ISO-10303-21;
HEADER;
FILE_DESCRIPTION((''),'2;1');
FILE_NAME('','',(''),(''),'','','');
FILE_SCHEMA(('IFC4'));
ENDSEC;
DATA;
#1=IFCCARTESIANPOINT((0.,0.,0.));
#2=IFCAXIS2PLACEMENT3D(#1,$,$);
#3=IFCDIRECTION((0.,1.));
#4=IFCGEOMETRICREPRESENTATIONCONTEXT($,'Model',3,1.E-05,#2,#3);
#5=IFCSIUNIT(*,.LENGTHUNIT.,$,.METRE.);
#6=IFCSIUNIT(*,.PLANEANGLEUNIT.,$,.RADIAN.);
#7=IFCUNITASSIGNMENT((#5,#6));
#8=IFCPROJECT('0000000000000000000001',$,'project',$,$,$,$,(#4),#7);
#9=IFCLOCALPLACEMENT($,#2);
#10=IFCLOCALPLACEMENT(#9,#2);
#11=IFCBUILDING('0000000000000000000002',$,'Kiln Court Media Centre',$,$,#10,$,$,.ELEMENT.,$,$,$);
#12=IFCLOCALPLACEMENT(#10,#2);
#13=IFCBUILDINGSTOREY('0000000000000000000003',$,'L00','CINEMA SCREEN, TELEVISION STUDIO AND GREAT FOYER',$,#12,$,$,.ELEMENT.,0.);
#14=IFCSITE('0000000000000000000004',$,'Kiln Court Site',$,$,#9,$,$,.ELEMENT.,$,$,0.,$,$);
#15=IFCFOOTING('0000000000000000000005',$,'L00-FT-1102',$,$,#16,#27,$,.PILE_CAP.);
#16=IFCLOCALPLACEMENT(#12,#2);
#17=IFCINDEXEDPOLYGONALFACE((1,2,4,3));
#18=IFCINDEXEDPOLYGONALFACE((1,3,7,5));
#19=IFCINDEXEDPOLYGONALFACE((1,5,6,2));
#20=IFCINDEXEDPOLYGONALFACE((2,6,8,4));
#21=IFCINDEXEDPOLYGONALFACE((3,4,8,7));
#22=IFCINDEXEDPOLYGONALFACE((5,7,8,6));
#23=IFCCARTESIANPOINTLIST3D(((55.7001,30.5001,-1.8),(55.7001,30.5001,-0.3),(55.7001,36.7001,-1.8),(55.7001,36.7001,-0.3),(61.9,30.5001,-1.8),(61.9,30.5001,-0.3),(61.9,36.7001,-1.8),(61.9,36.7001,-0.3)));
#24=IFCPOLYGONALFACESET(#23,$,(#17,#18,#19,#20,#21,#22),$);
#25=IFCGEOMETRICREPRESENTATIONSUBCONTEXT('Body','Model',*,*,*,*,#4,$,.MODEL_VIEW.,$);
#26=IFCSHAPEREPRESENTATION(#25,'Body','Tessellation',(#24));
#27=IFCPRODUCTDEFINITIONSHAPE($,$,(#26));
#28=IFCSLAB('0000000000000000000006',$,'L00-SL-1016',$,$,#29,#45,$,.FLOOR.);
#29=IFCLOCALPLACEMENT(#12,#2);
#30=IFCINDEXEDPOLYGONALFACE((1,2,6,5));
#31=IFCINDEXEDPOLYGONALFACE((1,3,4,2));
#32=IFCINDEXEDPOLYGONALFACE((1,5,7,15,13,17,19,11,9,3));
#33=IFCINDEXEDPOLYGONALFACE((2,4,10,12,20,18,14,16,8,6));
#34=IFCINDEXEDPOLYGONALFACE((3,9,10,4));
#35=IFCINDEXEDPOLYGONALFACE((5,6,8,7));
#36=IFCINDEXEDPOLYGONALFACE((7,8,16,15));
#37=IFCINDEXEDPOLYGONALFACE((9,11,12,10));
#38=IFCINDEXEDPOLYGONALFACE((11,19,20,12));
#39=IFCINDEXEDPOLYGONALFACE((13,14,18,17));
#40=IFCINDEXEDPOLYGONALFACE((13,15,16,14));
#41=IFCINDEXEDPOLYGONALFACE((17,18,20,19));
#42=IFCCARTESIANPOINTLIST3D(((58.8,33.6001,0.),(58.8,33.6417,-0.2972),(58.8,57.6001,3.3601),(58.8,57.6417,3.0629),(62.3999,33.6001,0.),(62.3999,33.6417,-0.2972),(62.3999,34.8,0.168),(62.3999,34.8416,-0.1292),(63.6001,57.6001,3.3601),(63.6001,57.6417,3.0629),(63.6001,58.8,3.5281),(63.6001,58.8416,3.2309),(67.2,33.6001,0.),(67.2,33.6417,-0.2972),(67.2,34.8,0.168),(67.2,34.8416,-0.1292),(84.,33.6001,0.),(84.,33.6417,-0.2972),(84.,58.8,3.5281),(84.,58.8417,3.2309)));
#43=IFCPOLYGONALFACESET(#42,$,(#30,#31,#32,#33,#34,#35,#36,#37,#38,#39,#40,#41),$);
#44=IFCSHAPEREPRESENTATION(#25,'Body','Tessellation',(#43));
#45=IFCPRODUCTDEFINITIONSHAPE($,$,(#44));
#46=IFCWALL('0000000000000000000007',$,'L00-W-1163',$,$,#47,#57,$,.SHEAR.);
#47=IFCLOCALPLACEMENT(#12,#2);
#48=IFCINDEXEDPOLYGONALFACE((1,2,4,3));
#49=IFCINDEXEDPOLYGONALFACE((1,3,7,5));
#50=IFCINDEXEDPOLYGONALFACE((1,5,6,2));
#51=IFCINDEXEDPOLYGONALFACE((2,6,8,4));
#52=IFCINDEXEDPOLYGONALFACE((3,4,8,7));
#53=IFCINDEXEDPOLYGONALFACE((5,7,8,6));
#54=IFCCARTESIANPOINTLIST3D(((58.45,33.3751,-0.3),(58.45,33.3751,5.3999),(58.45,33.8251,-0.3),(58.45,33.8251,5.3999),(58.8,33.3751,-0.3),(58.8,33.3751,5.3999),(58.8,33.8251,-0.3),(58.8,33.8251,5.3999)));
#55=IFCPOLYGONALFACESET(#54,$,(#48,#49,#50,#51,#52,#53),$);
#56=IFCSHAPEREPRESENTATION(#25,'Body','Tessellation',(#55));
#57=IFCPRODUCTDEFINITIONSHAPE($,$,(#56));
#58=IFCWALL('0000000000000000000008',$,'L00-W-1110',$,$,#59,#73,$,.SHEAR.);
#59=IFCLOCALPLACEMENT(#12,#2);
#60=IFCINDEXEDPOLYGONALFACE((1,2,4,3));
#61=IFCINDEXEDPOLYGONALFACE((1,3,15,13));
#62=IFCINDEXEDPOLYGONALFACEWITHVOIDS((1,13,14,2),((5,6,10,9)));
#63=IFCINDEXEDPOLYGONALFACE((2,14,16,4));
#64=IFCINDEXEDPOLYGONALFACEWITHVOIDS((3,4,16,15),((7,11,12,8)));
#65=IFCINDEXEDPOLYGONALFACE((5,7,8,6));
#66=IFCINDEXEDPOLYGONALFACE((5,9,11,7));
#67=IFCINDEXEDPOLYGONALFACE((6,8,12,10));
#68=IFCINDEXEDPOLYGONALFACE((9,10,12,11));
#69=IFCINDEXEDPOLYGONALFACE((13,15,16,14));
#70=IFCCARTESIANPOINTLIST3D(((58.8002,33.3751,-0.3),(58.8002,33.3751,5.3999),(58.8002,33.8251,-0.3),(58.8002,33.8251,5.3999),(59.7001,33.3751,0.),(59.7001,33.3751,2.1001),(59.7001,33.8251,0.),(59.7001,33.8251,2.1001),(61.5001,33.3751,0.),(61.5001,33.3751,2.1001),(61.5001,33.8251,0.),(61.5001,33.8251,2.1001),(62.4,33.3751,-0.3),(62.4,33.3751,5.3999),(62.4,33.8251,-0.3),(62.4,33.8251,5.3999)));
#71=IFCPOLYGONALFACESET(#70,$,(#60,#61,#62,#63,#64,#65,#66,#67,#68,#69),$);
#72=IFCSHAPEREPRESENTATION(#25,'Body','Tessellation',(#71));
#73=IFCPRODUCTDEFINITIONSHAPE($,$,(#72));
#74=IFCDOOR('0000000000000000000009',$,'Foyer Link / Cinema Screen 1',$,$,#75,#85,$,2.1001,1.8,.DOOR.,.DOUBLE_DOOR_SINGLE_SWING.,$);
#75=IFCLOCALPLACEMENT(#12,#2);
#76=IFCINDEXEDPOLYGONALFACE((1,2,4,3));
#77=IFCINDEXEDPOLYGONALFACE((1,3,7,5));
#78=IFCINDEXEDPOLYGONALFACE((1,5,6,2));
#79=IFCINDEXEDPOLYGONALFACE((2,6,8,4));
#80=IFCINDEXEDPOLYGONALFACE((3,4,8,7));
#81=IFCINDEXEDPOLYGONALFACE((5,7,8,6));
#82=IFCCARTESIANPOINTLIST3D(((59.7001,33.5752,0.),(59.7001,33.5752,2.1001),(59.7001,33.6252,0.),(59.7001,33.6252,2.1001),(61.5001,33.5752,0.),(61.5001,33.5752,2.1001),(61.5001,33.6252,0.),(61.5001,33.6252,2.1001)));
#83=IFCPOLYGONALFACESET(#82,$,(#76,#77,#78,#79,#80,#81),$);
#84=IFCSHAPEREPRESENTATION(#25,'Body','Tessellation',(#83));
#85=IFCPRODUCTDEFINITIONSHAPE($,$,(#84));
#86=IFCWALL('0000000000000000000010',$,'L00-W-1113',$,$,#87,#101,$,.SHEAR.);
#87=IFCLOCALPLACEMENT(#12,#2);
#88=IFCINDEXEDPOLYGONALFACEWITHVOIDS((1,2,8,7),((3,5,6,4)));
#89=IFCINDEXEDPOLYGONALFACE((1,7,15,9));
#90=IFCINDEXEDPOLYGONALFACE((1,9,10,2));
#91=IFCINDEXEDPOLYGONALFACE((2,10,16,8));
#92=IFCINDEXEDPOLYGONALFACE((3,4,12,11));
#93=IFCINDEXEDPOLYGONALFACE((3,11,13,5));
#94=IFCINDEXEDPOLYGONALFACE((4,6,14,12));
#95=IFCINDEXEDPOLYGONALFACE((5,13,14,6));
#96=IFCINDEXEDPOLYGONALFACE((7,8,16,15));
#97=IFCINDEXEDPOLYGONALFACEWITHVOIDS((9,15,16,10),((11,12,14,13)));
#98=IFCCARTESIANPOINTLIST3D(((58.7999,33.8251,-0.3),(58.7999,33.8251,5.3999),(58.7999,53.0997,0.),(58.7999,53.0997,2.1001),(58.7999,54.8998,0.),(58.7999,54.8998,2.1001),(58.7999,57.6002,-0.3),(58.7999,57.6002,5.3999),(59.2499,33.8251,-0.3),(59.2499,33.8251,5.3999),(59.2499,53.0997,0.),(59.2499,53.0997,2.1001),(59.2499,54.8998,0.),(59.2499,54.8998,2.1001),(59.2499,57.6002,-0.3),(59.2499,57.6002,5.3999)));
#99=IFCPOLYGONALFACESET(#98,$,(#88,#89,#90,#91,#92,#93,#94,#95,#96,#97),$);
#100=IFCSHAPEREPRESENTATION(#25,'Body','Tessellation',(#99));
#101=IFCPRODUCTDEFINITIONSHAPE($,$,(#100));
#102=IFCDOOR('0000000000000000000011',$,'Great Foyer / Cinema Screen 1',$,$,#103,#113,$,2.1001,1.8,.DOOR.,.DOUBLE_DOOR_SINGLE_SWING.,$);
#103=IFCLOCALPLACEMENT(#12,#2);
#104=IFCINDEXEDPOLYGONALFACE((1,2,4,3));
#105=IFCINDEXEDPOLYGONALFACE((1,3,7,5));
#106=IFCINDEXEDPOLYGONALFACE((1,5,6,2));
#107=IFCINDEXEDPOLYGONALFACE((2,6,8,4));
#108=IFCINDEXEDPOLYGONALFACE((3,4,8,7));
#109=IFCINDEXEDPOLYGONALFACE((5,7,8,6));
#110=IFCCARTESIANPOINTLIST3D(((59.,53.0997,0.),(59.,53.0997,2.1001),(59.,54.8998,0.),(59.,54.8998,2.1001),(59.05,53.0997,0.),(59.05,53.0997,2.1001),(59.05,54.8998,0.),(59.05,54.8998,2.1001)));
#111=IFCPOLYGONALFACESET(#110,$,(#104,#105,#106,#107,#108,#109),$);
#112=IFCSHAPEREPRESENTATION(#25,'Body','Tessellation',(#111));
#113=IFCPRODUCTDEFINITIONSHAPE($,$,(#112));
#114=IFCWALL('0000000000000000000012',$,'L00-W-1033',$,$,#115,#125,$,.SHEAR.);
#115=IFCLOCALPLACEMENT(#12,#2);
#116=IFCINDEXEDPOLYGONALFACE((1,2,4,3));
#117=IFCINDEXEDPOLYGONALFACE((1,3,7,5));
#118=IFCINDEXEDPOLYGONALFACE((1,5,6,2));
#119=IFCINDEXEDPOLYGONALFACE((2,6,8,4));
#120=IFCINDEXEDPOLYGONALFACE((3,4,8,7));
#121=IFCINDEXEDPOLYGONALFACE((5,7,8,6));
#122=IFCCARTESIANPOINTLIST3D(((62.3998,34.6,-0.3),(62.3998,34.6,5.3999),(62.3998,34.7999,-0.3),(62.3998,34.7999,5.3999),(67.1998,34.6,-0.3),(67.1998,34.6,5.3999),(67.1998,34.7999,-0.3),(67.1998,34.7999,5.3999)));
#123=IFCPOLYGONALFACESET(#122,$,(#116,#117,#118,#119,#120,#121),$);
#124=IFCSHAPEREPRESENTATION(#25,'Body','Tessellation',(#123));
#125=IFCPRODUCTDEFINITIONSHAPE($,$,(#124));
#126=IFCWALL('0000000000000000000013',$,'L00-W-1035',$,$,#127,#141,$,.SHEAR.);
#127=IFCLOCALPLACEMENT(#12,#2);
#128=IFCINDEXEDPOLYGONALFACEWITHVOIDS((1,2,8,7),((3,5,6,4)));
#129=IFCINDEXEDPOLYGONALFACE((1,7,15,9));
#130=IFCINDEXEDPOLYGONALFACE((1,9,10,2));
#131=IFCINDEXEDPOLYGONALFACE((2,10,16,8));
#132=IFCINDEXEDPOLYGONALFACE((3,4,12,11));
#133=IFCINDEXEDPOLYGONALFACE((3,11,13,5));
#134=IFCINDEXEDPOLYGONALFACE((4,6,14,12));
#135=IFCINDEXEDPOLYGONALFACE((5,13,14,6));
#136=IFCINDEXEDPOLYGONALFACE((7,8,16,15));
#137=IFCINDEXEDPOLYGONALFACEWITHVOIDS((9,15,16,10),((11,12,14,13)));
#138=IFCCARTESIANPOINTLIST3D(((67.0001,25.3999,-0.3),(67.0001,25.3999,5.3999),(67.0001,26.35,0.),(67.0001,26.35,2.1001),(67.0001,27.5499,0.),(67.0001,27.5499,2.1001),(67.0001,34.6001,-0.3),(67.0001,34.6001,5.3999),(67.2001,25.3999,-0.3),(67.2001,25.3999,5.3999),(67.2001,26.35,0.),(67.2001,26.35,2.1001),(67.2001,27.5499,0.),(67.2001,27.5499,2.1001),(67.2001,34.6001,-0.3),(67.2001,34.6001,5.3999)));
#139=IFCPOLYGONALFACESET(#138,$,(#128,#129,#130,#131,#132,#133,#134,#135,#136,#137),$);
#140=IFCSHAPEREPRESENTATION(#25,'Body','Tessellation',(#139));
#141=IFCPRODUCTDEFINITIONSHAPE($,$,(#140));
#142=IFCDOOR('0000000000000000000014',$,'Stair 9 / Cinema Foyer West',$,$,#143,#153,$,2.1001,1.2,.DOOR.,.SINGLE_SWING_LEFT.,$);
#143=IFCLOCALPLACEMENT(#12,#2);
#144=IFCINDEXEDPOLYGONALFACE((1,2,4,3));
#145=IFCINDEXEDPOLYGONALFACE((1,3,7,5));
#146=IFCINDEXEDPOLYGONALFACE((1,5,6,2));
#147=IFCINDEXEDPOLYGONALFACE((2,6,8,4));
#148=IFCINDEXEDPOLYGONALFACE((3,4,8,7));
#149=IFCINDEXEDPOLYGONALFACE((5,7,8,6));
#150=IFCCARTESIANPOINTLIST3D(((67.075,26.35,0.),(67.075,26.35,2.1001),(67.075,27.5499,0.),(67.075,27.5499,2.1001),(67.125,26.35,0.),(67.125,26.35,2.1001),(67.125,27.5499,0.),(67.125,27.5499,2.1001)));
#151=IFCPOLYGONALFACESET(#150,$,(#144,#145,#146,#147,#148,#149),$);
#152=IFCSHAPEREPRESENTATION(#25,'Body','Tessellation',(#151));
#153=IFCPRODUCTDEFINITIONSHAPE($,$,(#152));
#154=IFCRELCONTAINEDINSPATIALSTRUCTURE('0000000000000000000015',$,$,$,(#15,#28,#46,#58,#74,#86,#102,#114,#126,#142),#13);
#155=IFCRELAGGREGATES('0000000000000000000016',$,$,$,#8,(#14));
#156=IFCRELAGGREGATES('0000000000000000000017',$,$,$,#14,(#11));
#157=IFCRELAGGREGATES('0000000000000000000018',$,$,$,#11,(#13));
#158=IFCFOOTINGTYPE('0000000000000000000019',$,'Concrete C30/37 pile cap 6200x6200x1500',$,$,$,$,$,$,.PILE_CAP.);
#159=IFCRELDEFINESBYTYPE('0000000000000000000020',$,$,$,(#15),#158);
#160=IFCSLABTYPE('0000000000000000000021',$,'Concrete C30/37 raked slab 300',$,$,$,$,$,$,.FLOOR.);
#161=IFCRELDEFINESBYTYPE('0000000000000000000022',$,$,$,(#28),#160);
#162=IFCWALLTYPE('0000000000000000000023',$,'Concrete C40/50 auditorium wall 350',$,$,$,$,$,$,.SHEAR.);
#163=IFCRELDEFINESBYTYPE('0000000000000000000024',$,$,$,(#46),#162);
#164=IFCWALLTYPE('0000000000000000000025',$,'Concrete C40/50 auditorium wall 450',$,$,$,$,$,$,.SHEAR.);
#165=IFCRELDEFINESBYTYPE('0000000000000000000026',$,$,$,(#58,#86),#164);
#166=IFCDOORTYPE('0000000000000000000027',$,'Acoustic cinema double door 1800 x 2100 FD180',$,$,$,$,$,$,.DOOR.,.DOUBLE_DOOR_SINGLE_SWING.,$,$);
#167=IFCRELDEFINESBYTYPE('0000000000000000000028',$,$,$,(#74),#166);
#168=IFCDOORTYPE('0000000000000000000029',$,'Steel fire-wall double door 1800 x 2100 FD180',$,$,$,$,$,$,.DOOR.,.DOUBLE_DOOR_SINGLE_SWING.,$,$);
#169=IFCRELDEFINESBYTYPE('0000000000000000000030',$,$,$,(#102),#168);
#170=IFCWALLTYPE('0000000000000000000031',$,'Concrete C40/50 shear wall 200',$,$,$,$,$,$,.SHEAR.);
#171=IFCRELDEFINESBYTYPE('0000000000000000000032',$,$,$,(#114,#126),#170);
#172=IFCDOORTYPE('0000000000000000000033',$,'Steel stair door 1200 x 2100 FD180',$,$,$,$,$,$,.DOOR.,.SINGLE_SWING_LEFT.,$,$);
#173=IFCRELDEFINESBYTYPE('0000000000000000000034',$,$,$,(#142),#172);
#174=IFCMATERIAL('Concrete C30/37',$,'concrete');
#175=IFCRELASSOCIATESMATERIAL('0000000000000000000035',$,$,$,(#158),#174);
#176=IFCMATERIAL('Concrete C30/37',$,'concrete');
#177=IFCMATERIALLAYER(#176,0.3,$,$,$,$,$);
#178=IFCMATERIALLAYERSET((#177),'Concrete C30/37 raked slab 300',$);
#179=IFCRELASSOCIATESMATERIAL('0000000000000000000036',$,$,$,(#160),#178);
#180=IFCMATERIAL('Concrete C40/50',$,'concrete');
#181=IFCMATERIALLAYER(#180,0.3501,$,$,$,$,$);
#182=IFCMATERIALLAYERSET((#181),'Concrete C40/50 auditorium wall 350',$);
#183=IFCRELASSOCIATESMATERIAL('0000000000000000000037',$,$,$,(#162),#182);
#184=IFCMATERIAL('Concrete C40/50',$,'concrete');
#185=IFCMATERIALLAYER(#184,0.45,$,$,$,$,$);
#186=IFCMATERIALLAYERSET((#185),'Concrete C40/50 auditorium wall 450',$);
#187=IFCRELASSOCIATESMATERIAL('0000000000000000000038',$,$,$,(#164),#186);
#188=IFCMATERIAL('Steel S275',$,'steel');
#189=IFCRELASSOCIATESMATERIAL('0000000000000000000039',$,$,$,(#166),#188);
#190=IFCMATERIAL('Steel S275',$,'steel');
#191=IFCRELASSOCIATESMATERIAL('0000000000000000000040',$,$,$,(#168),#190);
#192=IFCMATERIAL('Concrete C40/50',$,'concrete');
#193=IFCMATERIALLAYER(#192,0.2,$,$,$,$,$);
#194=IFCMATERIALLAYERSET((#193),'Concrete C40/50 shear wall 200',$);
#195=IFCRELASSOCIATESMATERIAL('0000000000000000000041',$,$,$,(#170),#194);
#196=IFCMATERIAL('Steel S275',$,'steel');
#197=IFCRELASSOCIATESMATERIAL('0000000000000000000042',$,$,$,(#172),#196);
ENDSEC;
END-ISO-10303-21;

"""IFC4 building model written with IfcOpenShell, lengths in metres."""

from ifc_helpers import new_model, si_unit, direction, frame, frame_2d, origin, origin_2d, place, context, subcontext, project, spatial, polyline, rectangle, outline, extrude, material, layer, layer_set, type_object, element, fill, save


model = new_model("IFC4")

# Units and contexts
model_context = context("Model", 3, precision=1e-05, world=origin(), true_north=direction((0.0, 1.0)))
body_context = subcontext(model_context, "Body", "Model", "MODEL_VIEW")
ifc_project = project(units=[si_unit("LENGTHUNIT", "METRE"), si_unit("PLANEANGLEUNIT", "RADIAN")], contexts=[model_context])

# Site, building, storey
site_placement = place(None, origin())
site = spatial("IfcSite", under=ifc_project, at=site_placement, Name="Kiln Court Site", CompositionType="ELEMENT", RefElevation=0.0)
building_placement = place(site_placement, origin())
building = spatial("IfcBuilding", under=site, at=building_placement, Name="Kiln Court Media Centre", CompositionType="ELEMENT")
storey_placement = place(building_placement, origin())
storey = spatial("IfcBuildingStorey", under=building, at=storey_placement, Name="L00", Description="CINEMA SCREEN, TELEVISION STUDIO AND GREAT FOYER", CompositionType="ELEMENT", Elevation=0.0)

# Footing
ifc_material_1 = material(Name="Concrete C30/37", Category="concrete")
footing_type_1 = type_object("IfcFootingType", Name="Concrete C30/37 pile cap 6200x6200x1500", PredefinedType="PILE_CAP", material=ifc_material_1)
footing_1_placement = place(storey_placement, frame((58.8, 33.6001, -1.8), z_axis=(0.0, 0.0, 1.0), x_axis=(1.0, 0.0, 0.0)))
element("IfcFooting", 1, at=footing_1_placement, inside=storey, type_object=footing_type_1, Name="L00-FT-1102", PredefinedType="PILE_CAP", context=body_context, shape_type="SweptSolid", body=[
    extrude(rectangle(XDim=6.2, YDim=6.2, at=origin_2d()), origin(), (0.0, 0.0, 1.0), 1.5),
])

# Slab
ifc_material_2 = material(Name="Concrete C30/37", Category="concrete")
ifc_layer_1 = layer(ifc_material_2, 0.3)
ifc_layer_set_1 = layer_set([ifc_layer_1], Name="Concrete C30/37 raked slab 300")
slab_type = type_object("IfcSlabType", Name="Concrete C30/37 raked slab 300", PredefinedType="FLOOR", material=ifc_layer_set_1)
slab_placement = place(storey_placement, frame((58.8, 33.6001, 0.0), z_axis=(0.000001, -0.138651, 0.990341), x_axis=(0.0, 0.990341, 0.138651)))
element("IfcSlab", 2, at=slab_placement, inside=storey, type_object=slab_type, Name="L00-SL-1016", PredefinedType="FLOOR", context=body_context, shape_type="SweptSolid", body=[
    extrude(outline(polyline([(0.0, 0.0), (24.2341, 0.0), (24.2341, -4.8), (25.4457, -4.8), (25.4457, -25.2), (0.0, -25.2), (0.0, -8.3999), (1.2117, -8.3999), (1.2117, -3.5999), (0.0, -3.5999), (0.0, 0.0)])), origin(), (0.0, 0.0, -1.0), 0.3),
])

# Wall
ifc_material_3 = material(Name="Concrete C40/50", Category="concrete")
ifc_layer_2 = layer(ifc_material_3, 0.3501)
ifc_layer_set_2 = layer_set([ifc_layer_2], Name="Concrete C40/50 auditorium wall 350")
wall_type_1 = type_object("IfcWallType", Name="Concrete C40/50 auditorium wall 350", PredefinedType="SHEAR", material=ifc_layer_set_2)
wall_1_placement = place(storey_placement, frame((58.625, 33.375, -0.3), z_axis=(0.0, 0.0, 1.0), x_axis=(0.0, 1.0, 0.0)))
element("IfcWall", 3, at=wall_1_placement, inside=storey, type_object=wall_type_1, Name="L00-W-1163", PredefinedType="SHEAR", context=body_context, shape_type="SweptSolid", body=[
    extrude(rectangle(XDim=0.45, YDim=0.3501, at=frame_2d((0.2251, 0.0))), origin(), (0.0, 0.0, 1.0), 5.7),
])

# Walls, openings, doors
ifc_material_4 = material(Name="Concrete C40/50", Category="concrete")
ifc_layer_3 = layer(ifc_material_4, 0.45)
ifc_layer_set_3 = layer_set([ifc_layer_3], Name="Concrete C40/50 auditorium wall 450")
wall_type_2 = type_object("IfcWallType", Name="Concrete C40/50 auditorium wall 450", PredefinedType="SHEAR", material=ifc_layer_set_3)
wall_2_placement = place(storey_placement, frame((62.3999, 33.6001, -0.3), z_axis=(0.0, 0.0, 1.0), x_axis=(-1.0, 0.0, 0.0)))
wall_2 = element("IfcWall", 4, at=wall_2_placement, inside=storey, type_object=wall_type_2, Name="L00-W-1110", PredefinedType="SHEAR", context=body_context, shape_type="SweptSolid", body=[
    extrude(rectangle(XDim=3.5999, YDim=0.45, at=frame_2d((1.7998, 0.0))), origin(), (0.0, 0.0, 1.0), 5.7),
])
opening_1_placement = place(wall_2_placement, frame((0.8999, 0.0, 0.3)))
opening_1 = element("IfcOpeningElement", 5, at=opening_1_placement, cuts=wall_2, PredefinedType="OPENING", context=body_context, shape_type="SweptSolid", body=[
    extrude(rectangle(XDim=1.8, YDim=2.1001, at=frame_2d((0.8999, 1.05))), frame((0.0, 0.2349, 0.0), z_axis=(0.0, -1.0, 0.0), x_axis=(1.0, 0.0, 0.0)), (0.0, 0.0, 1.0), 0.47),
])
ifc_material_5 = material(Name="Steel S275", Category="steel")
door_type_1 = type_object("IfcDoorType", Name="Acoustic cinema double door 1800 x 2100 FD180", OperationType="DOUBLE_DOOR_SINGLE_SWING", PredefinedType="DOOR", material=ifc_material_5)
door_1_placement = place(opening_1_placement, origin())
door_1 = element("IfcDoor", 6, at=door_1_placement, inside=storey, type_object=door_type_1, Name="Foyer Link / Cinema Screen 1", OperationType="DOUBLE_DOOR_SINGLE_SWING", OverallHeight=2.1001, OverallWidth=1.8, PredefinedType="DOOR", context=body_context, shape_type="SweptSolid", body=[
    extrude(rectangle(XDim=1.8, YDim=2.1001, at=frame_2d((0.8999, 1.05))), frame((0.0, 0.0249, 0.0), z_axis=(0.0, -1.0, 0.0), x_axis=(1.0, 0.0, 0.0)), (0.0, 0.0, 1.0), 0.05),
])
fill(opening_1, door_1)
wall_3_placement = place(storey_placement, frame((59.0249, 33.825, -0.3), z_axis=(0.0, 0.0, 1.0), x_axis=(0.0, 1.0, 0.0)))
wall_3 = element("IfcWall", 7, at=wall_3_placement, inside=storey, type_object=wall_type_2, Name="L00-W-1113", PredefinedType="SHEAR", context=body_context, shape_type="SweptSolid", body=[
    extrude(rectangle(XDim=23.7751, YDim=0.45, at=frame_2d((11.8877, 0.0))), origin(), (0.0, 0.0, 1.0), 5.7),
])
opening_2_placement = place(wall_3_placement, frame((19.2749, 0.0, 0.3)))
opening_2 = element("IfcOpeningElement", 8, at=opening_2_placement, cuts=wall_3, PredefinedType="OPENING", context=body_context, shape_type="SweptSolid", body=[
    extrude(rectangle(XDim=1.8, YDim=2.1001, at=frame_2d((0.8999, 1.05))), frame((0.0, 0.2349, 0.0), z_axis=(0.0, -1.0, 0.0), x_axis=(1.0, 0.0, 0.0)), (0.0, 0.0, 1.0), 0.47),
])
ifc_material_6 = material(Name="Steel S275", Category="steel")
door_type_2 = type_object("IfcDoorType", Name="Steel fire-wall double door 1800 x 2100 FD180", OperationType="DOUBLE_DOOR_SINGLE_SWING", PredefinedType="DOOR", material=ifc_material_6)
door_2_placement = place(opening_2_placement, origin())
door_2 = element("IfcDoor", 9, at=door_2_placement, inside=storey, type_object=door_type_2, Name="Great Foyer / Cinema Screen 1", OperationType="DOUBLE_DOOR_SINGLE_SWING", OverallHeight=2.1001, OverallWidth=1.8, PredefinedType="DOOR", context=body_context, shape_type="SweptSolid", body=[
    extrude(rectangle(XDim=1.8, YDim=2.1001, at=frame_2d((0.8999, 1.05))), frame((0.0, 0.0249, 0.0), z_axis=(0.0, -1.0, 0.0), x_axis=(1.0, 0.0, 0.0)), (0.0, 0.0, 1.0), 0.05),
])
fill(opening_2, door_2)

# Wall
ifc_material_7 = material(Name="Concrete C40/50", Category="concrete")
ifc_layer_4 = layer(ifc_material_7, 0.2)
ifc_layer_set_4 = layer_set([ifc_layer_4], Name="Concrete C40/50 shear wall 200")
wall_type_3 = type_object("IfcWallType", Name="Concrete C40/50 shear wall 200", PredefinedType="SHEAR", material=ifc_layer_set_4)
wall_4_placement = place(storey_placement, frame((62.3999, 34.7, -0.3), z_axis=(0.0, 0.0, 1.0), x_axis=(1.0, 0.0, 0.0)))
element("IfcWall", 10, at=wall_4_placement, inside=storey, type_object=wall_type_3, Name="L00-W-1033", PredefinedType="SHEAR", context=body_context, shape_type="SweptSolid", body=[
    extrude(rectangle(XDim=4.8, YDim=0.2, at=frame_2d((2.3999, 0.0))), origin(), (0.0, 0.0, 1.0), 5.7),
])

# Wall, opening, door
wall_5_placement = place(storey_placement, frame((67.1001, 34.6001, -0.3), z_axis=(0.0, 0.0, 1.0), x_axis=(0.0, -1.0, 0.0)))
wall_5 = element("IfcWall", 11, at=wall_5_placement, inside=storey, type_object=wall_type_3, Name="L00-W-1035", PredefinedType="SHEAR", context=body_context, shape_type="SweptSolid", body=[
    extrude(rectangle(XDim=9.2002, YDim=0.2, at=frame_2d((4.6001, 0.0))), origin(), (0.0, 0.0, 1.0), 5.7),
])
opening_3_placement = place(wall_5_placement, frame((7.05, 0.0, 0.3)))
opening_3 = element("IfcOpeningElement", 12, at=opening_3_placement, cuts=wall_5, PredefinedType="OPENING", context=body_context, shape_type="SweptSolid", body=[
    extrude(rectangle(XDim=1.2, YDim=2.1001, at=frame_2d((0.6001, 1.05))), frame((0.0, 0.1099, 0.0), z_axis=(0.0, -1.0, 0.0), x_axis=(1.0, 0.0, 0.0)), (0.0, 0.0, 1.0), 0.22),
])
ifc_material_8 = material(Name="Steel S275", Category="steel")
door_type_3 = type_object("IfcDoorType", Name="Steel stair door 1200 x 2100 FD180", OperationType="SINGLE_SWING_LEFT", PredefinedType="DOOR", material=ifc_material_8)
door_3_placement = place(opening_3_placement, origin())
door_3 = element("IfcDoor", 13, at=door_3_placement, inside=storey, type_object=door_type_3, Name="Stair 9 / Cinema Foyer West", OperationType="SINGLE_SWING_LEFT", OverallHeight=2.1001, OverallWidth=1.2, PredefinedType="DOOR", context=body_context, shape_type="SweptSolid", body=[
    extrude(rectangle(XDim=1.2, YDim=2.1001, at=frame_2d((0.6001, 1.05))), frame((0.0, 0.0249, 0.0), z_axis=(0.0, -1.0, 0.0), x_axis=(1.0, 0.0, 0.0)), (0.0, 0.0, 1.0), 0.05),
])
fill(opening_3, door_3)

save(model, "model.ifc")
